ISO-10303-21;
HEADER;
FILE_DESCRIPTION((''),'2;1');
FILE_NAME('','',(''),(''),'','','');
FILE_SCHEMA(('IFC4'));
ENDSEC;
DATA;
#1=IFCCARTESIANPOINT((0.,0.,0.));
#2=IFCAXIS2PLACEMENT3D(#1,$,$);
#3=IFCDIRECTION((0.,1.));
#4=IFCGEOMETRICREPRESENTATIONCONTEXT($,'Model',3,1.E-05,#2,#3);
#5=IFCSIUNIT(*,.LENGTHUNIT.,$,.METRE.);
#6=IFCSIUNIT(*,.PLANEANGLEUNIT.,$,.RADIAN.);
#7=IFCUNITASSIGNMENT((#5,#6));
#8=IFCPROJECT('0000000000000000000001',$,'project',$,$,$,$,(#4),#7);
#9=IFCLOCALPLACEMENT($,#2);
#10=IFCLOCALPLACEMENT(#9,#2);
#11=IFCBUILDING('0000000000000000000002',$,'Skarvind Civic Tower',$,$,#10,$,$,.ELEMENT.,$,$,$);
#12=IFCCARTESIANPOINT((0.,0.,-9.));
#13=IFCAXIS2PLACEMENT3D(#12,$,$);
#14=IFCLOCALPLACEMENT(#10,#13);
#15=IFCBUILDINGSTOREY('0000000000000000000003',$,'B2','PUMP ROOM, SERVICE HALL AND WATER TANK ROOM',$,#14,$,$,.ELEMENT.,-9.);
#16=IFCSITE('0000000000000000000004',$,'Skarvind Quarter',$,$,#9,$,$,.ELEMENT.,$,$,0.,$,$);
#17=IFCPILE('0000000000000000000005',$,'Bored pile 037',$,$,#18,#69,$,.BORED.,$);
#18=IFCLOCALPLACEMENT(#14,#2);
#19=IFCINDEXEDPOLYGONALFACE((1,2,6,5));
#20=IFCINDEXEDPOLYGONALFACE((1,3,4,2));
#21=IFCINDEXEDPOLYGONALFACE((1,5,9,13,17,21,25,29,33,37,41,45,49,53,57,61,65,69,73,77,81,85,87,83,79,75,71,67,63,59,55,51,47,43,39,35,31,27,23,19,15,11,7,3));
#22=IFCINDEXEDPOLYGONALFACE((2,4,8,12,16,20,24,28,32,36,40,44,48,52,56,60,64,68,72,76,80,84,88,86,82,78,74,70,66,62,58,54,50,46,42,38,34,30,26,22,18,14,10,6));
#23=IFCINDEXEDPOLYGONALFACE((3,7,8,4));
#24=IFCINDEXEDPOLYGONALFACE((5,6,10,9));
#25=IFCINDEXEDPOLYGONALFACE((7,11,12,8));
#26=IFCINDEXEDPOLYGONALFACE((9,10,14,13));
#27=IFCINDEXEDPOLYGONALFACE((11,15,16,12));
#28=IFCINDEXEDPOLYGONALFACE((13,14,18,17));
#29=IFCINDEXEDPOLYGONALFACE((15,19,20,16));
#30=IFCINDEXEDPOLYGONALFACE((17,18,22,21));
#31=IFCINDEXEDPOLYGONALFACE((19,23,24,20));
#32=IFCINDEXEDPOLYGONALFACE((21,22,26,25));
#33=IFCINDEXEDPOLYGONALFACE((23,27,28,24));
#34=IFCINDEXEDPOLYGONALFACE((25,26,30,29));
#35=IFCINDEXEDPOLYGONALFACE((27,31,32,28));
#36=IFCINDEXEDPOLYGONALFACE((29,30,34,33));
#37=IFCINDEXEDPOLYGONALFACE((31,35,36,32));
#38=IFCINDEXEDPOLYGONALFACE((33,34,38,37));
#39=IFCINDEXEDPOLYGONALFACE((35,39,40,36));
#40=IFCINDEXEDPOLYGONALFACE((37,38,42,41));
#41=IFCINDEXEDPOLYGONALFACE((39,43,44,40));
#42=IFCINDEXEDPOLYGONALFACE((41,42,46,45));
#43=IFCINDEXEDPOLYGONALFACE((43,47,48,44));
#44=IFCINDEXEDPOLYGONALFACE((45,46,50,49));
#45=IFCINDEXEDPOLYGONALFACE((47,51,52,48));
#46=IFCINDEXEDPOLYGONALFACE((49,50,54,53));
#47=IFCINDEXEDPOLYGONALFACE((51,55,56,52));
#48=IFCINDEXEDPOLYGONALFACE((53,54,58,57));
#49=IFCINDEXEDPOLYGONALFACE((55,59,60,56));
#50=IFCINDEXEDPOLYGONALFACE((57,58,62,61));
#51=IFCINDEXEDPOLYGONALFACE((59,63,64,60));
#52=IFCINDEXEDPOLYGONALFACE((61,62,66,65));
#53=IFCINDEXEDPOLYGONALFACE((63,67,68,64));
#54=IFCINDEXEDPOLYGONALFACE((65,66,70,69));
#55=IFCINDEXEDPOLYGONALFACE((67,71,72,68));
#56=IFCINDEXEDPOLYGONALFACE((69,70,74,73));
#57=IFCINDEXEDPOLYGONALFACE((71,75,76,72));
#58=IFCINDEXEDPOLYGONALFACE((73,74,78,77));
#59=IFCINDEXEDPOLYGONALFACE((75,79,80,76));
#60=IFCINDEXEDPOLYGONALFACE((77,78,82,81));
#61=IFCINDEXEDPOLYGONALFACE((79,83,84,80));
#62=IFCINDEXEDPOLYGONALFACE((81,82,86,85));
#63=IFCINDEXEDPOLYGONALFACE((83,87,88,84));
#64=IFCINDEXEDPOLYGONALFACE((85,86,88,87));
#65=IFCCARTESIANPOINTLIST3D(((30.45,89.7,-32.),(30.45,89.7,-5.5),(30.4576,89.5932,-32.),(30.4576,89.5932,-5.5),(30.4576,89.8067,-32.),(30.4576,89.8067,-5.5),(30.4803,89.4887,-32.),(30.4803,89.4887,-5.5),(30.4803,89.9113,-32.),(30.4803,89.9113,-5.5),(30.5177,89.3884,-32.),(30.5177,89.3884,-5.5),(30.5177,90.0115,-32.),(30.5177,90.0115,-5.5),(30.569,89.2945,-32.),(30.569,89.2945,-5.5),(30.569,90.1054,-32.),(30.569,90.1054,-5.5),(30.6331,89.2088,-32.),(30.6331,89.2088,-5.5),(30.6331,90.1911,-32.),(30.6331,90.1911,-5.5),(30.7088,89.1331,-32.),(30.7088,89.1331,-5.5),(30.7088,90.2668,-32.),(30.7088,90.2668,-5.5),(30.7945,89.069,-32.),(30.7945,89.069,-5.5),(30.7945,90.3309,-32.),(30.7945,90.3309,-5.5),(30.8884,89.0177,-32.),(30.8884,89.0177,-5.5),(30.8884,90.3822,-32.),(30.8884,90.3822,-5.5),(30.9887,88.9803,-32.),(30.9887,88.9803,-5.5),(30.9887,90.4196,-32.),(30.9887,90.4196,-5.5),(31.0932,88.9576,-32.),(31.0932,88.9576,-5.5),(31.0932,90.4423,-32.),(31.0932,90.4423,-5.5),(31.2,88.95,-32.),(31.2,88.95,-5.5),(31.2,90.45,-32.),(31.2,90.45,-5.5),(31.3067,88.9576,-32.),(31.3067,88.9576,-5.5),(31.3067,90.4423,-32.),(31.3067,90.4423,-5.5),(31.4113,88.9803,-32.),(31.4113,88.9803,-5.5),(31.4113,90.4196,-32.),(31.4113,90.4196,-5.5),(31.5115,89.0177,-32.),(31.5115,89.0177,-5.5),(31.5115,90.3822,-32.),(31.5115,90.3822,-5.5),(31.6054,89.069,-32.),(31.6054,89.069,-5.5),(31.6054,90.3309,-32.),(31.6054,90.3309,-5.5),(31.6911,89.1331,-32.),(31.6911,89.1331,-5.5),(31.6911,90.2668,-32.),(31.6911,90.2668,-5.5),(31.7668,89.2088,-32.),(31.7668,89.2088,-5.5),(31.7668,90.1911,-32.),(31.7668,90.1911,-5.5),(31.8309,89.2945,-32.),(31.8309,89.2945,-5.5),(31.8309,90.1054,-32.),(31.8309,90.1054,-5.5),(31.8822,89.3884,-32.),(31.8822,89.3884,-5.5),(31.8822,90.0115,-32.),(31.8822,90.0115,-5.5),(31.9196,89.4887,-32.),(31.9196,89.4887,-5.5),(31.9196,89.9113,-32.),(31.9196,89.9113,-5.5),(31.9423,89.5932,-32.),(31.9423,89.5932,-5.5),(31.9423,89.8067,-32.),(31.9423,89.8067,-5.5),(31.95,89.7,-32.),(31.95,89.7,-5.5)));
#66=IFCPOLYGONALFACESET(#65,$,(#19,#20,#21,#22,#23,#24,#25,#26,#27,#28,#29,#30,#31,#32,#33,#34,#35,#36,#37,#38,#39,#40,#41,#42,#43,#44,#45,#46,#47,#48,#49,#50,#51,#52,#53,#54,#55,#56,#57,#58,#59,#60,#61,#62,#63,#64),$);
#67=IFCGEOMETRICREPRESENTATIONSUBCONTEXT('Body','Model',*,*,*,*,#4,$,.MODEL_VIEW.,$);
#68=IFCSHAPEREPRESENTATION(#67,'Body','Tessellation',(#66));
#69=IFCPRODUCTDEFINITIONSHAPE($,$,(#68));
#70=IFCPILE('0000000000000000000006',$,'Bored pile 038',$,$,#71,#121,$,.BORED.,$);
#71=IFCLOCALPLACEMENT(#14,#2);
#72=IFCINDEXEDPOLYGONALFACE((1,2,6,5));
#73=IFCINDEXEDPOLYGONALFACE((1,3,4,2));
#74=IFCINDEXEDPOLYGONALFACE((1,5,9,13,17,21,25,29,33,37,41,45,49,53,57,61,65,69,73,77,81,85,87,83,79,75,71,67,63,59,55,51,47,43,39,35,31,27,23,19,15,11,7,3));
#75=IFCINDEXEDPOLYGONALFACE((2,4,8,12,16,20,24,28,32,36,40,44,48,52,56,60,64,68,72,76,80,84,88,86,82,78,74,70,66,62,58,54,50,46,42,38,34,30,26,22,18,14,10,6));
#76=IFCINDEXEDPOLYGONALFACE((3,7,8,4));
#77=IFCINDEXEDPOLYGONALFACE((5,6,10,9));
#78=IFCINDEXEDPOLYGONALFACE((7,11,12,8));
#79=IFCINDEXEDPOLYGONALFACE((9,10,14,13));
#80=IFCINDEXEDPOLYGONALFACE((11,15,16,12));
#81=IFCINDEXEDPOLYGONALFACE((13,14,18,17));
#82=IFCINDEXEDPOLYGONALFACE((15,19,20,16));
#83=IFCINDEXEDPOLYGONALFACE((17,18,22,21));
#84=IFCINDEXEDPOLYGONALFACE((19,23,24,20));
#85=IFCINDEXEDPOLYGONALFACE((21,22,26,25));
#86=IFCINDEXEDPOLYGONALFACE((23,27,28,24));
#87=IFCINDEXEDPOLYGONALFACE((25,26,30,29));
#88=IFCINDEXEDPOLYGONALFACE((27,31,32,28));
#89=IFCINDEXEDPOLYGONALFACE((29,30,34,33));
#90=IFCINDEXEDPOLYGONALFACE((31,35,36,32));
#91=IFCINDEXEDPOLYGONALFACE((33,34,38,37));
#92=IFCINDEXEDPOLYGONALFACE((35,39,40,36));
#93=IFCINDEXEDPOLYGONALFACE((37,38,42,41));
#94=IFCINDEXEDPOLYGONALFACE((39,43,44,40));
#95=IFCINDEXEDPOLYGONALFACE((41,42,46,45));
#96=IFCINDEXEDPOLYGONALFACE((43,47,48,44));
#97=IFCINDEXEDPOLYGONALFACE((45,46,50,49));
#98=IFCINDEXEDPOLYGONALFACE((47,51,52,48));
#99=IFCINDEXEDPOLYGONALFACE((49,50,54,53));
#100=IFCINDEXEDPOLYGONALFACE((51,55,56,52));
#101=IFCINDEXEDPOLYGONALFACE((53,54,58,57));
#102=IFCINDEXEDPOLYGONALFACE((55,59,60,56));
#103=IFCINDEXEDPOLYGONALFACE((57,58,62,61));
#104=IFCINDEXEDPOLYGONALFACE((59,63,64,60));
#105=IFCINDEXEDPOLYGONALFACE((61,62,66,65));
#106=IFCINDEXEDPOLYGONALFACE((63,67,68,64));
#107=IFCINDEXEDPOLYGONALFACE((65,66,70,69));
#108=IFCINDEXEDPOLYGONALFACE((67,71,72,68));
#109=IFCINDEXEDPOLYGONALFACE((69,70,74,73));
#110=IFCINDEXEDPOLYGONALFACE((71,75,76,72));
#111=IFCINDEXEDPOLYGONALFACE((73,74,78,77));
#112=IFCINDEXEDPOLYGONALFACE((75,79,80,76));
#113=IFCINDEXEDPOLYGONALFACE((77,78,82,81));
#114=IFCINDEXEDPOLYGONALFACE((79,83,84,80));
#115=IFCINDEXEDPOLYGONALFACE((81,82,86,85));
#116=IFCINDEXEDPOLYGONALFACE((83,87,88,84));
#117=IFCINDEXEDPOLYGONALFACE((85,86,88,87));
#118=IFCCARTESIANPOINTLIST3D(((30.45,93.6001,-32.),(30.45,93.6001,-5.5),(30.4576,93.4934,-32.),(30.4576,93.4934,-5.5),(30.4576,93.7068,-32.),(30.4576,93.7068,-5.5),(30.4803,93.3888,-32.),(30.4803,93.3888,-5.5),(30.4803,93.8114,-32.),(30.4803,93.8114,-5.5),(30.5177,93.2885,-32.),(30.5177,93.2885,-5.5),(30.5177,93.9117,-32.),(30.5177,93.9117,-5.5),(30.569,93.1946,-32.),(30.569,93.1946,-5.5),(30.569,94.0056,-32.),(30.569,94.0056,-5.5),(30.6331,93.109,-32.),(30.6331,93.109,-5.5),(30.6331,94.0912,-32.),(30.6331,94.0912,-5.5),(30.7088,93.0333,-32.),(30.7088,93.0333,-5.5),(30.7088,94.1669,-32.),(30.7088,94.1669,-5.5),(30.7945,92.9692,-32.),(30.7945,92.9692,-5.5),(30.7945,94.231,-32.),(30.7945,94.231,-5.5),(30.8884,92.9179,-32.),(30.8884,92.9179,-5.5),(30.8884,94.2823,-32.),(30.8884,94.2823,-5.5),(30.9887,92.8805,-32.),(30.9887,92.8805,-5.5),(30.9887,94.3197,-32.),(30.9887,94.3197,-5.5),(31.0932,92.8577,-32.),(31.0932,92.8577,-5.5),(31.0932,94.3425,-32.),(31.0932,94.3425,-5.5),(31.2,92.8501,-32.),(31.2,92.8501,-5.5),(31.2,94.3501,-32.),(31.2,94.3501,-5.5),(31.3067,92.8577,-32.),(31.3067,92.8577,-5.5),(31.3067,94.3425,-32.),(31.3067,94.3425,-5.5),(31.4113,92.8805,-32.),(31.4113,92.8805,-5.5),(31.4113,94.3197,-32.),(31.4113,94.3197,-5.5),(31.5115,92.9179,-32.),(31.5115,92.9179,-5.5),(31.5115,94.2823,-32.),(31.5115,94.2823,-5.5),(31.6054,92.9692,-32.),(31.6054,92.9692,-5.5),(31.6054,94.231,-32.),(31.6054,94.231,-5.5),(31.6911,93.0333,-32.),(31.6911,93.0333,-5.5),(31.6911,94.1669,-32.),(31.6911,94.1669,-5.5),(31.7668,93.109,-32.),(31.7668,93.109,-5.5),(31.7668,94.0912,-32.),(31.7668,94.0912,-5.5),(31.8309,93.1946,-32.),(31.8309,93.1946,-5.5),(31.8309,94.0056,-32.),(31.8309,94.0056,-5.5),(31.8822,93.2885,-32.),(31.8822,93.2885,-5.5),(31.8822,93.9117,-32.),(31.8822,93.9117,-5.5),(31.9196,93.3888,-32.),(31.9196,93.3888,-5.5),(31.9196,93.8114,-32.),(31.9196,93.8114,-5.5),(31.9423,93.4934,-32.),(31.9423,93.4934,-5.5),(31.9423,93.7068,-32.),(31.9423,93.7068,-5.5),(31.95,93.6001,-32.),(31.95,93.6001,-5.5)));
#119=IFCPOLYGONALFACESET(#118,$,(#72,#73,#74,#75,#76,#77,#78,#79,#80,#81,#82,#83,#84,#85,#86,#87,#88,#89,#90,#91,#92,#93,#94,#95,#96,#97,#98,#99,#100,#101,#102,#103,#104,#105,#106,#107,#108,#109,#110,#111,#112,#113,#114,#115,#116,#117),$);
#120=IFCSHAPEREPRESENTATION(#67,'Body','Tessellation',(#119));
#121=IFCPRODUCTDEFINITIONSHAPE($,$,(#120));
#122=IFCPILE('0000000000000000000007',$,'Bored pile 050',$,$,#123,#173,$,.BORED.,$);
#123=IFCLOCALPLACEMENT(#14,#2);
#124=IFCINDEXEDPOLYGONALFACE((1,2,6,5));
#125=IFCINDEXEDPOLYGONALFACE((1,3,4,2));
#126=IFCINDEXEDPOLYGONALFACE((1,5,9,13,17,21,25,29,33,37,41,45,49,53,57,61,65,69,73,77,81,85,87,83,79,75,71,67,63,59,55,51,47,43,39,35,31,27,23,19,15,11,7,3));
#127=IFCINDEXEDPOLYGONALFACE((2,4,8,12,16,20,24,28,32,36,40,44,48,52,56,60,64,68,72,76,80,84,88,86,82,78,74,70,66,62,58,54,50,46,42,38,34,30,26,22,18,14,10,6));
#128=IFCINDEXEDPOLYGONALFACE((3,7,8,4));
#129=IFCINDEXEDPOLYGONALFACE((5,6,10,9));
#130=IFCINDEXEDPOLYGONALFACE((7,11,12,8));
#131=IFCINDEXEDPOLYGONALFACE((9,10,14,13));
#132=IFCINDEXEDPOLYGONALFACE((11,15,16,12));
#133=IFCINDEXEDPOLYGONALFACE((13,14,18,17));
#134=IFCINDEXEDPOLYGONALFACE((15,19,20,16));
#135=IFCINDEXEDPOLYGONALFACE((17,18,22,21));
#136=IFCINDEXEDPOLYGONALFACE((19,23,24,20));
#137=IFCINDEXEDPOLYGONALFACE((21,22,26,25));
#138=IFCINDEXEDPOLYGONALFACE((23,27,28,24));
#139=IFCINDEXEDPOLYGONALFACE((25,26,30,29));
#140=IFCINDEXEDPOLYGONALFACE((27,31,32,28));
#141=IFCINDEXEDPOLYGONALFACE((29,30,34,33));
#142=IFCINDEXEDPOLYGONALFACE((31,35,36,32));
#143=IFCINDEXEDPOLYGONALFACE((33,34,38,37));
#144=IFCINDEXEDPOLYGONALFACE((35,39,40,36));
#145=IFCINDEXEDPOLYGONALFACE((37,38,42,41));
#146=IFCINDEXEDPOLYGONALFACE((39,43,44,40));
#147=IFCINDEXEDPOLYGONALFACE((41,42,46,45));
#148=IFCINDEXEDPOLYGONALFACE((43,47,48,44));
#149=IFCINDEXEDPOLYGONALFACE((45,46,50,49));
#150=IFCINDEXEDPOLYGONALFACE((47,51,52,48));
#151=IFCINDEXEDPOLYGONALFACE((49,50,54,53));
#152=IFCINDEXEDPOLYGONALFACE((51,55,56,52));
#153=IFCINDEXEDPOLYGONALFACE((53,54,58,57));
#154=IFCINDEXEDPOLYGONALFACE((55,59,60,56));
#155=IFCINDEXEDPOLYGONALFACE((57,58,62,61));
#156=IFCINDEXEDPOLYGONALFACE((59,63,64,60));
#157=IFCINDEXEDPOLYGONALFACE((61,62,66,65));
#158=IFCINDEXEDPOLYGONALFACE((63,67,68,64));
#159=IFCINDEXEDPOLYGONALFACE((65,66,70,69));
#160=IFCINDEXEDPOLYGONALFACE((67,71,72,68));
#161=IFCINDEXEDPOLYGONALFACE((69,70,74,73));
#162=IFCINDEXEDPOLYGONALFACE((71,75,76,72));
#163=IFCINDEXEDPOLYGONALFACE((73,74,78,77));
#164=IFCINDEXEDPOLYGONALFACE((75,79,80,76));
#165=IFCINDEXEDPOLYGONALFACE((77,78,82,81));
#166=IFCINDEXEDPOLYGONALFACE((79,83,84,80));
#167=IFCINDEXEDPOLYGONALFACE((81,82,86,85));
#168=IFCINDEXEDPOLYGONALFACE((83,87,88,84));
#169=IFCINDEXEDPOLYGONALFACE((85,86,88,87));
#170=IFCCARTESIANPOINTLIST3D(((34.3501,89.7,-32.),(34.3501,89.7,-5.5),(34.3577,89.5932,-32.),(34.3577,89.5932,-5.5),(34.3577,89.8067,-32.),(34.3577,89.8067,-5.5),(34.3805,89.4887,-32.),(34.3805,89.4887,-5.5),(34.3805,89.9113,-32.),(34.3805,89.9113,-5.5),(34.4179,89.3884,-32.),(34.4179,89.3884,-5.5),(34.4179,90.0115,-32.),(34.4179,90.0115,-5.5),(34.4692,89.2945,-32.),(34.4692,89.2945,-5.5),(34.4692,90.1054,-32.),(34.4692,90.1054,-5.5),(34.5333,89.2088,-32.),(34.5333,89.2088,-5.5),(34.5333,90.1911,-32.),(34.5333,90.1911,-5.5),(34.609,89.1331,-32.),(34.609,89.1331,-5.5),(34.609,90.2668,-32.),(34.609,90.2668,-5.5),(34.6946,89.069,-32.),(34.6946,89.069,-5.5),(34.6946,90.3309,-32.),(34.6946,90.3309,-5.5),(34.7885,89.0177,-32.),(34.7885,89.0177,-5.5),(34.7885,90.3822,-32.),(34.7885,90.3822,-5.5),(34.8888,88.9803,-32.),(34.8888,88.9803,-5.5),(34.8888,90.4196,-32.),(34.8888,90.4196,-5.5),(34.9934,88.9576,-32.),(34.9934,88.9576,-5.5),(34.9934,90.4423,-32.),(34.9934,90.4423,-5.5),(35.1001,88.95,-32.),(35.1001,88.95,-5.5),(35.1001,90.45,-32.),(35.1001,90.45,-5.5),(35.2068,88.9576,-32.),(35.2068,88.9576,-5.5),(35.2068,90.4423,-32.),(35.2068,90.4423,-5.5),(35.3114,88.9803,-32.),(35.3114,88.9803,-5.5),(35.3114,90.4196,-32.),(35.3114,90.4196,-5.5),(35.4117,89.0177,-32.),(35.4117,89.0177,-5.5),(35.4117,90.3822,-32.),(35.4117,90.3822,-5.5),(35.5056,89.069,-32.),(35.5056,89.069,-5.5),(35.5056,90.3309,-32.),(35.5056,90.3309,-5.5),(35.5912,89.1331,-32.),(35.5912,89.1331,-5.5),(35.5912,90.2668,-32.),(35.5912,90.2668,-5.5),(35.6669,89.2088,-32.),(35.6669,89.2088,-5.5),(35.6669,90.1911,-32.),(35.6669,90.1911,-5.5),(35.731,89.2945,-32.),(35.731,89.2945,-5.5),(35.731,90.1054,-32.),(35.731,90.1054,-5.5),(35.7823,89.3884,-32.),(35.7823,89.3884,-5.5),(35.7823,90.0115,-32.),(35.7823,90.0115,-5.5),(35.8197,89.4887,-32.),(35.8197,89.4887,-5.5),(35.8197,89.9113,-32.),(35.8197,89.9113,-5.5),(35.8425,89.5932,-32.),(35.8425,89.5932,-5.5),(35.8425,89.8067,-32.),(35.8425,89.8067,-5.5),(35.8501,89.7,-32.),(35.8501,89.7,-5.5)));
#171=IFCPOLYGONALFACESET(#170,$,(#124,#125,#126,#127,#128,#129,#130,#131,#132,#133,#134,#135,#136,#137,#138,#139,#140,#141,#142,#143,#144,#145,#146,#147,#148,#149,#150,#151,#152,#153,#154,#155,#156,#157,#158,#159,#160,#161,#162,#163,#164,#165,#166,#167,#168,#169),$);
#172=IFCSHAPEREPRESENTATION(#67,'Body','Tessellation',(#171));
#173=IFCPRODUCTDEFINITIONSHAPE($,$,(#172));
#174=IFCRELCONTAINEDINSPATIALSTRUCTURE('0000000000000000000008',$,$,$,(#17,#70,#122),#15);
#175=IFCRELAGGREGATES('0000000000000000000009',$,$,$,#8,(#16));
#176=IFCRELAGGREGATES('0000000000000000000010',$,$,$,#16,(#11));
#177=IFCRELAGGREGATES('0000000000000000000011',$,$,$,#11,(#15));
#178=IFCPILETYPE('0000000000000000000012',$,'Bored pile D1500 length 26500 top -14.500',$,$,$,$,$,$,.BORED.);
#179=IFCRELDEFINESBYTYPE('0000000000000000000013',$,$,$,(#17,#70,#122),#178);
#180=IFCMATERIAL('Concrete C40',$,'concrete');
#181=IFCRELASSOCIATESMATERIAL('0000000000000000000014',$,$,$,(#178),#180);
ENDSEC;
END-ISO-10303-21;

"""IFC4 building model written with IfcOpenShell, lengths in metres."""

from ifc_helpers import new_model, si_unit, direction, frame, origin, origin_2d, place, context, subcontext, project, spatial, circle, extrude, material, type_object, element, save


model = new_model("IFC4")

# Units and contexts
model_context = context("Model", 3, precision=1e-05, world=origin(), true_north=direction((0.0, 1.0)))
body_context = subcontext(model_context, "Body", "Model", "MODEL_VIEW")
ifc_project = project(units=[si_unit("LENGTHUNIT", "METRE"), si_unit("PLANEANGLEUNIT", "RADIAN")], contexts=[model_context])

# Site, building, storey
site_placement = place(None, origin())
site = spatial("IfcSite", under=ifc_project, at=site_placement, Name="Skarvind Quarter", CompositionType="ELEMENT", RefElevation=0.0)
building_placement = place(site_placement, origin())
building = spatial("IfcBuilding", under=site, at=building_placement, Name="Skarvind Civic Tower", CompositionType="ELEMENT")
storey_placement = place(building_placement, frame((0.0, 0.0, -9.0)))
storey = spatial("IfcBuildingStorey", under=building, at=storey_placement, Name="B2", Description="PUMP ROOM, SERVICE HALL AND WATER TANK ROOM", CompositionType="ELEMENT", Elevation=-9.0)

# Piles
ifc_material_1 = material(Name="Concrete C40", Category="concrete")
pile_type = type_object("IfcPileType", Name="Bored pile D1500 length 26500 top -14.500", PredefinedType="BORED", material=ifc_material_1)
for number, where, z_axis, x_axis, name in (
    (1, (31.2, 89.7, -5.5), (0.0, 0.0, -1.0), (1.0, 0.0, 0.0), "Bored pile 037"),
    (2, (31.2, 93.6001, -5.5), (0.0, 0.0, -1.0), (1.0, 0.0, 0.0), "Bored pile 038"),
    (3, (35.1001, 89.7, -5.5), (0.0, 0.0, -1.0), (1.0, 0.0, 0.0), "Bored pile 050"),
):
    element("IfcPile", number, at=place(storey_placement, frame(where, z_axis=z_axis, x_axis=x_axis)), inside=storey, type_object=pile_type, Name=name, PredefinedType="BORED", context=body_context, shape_type="SweptSolid", body=[
        extrude(circle(Radius=0.75, at=origin_2d()), origin(), (0.0, 0.0, 1.0), 26.5),
    ])

save(model, "model.ifc")
